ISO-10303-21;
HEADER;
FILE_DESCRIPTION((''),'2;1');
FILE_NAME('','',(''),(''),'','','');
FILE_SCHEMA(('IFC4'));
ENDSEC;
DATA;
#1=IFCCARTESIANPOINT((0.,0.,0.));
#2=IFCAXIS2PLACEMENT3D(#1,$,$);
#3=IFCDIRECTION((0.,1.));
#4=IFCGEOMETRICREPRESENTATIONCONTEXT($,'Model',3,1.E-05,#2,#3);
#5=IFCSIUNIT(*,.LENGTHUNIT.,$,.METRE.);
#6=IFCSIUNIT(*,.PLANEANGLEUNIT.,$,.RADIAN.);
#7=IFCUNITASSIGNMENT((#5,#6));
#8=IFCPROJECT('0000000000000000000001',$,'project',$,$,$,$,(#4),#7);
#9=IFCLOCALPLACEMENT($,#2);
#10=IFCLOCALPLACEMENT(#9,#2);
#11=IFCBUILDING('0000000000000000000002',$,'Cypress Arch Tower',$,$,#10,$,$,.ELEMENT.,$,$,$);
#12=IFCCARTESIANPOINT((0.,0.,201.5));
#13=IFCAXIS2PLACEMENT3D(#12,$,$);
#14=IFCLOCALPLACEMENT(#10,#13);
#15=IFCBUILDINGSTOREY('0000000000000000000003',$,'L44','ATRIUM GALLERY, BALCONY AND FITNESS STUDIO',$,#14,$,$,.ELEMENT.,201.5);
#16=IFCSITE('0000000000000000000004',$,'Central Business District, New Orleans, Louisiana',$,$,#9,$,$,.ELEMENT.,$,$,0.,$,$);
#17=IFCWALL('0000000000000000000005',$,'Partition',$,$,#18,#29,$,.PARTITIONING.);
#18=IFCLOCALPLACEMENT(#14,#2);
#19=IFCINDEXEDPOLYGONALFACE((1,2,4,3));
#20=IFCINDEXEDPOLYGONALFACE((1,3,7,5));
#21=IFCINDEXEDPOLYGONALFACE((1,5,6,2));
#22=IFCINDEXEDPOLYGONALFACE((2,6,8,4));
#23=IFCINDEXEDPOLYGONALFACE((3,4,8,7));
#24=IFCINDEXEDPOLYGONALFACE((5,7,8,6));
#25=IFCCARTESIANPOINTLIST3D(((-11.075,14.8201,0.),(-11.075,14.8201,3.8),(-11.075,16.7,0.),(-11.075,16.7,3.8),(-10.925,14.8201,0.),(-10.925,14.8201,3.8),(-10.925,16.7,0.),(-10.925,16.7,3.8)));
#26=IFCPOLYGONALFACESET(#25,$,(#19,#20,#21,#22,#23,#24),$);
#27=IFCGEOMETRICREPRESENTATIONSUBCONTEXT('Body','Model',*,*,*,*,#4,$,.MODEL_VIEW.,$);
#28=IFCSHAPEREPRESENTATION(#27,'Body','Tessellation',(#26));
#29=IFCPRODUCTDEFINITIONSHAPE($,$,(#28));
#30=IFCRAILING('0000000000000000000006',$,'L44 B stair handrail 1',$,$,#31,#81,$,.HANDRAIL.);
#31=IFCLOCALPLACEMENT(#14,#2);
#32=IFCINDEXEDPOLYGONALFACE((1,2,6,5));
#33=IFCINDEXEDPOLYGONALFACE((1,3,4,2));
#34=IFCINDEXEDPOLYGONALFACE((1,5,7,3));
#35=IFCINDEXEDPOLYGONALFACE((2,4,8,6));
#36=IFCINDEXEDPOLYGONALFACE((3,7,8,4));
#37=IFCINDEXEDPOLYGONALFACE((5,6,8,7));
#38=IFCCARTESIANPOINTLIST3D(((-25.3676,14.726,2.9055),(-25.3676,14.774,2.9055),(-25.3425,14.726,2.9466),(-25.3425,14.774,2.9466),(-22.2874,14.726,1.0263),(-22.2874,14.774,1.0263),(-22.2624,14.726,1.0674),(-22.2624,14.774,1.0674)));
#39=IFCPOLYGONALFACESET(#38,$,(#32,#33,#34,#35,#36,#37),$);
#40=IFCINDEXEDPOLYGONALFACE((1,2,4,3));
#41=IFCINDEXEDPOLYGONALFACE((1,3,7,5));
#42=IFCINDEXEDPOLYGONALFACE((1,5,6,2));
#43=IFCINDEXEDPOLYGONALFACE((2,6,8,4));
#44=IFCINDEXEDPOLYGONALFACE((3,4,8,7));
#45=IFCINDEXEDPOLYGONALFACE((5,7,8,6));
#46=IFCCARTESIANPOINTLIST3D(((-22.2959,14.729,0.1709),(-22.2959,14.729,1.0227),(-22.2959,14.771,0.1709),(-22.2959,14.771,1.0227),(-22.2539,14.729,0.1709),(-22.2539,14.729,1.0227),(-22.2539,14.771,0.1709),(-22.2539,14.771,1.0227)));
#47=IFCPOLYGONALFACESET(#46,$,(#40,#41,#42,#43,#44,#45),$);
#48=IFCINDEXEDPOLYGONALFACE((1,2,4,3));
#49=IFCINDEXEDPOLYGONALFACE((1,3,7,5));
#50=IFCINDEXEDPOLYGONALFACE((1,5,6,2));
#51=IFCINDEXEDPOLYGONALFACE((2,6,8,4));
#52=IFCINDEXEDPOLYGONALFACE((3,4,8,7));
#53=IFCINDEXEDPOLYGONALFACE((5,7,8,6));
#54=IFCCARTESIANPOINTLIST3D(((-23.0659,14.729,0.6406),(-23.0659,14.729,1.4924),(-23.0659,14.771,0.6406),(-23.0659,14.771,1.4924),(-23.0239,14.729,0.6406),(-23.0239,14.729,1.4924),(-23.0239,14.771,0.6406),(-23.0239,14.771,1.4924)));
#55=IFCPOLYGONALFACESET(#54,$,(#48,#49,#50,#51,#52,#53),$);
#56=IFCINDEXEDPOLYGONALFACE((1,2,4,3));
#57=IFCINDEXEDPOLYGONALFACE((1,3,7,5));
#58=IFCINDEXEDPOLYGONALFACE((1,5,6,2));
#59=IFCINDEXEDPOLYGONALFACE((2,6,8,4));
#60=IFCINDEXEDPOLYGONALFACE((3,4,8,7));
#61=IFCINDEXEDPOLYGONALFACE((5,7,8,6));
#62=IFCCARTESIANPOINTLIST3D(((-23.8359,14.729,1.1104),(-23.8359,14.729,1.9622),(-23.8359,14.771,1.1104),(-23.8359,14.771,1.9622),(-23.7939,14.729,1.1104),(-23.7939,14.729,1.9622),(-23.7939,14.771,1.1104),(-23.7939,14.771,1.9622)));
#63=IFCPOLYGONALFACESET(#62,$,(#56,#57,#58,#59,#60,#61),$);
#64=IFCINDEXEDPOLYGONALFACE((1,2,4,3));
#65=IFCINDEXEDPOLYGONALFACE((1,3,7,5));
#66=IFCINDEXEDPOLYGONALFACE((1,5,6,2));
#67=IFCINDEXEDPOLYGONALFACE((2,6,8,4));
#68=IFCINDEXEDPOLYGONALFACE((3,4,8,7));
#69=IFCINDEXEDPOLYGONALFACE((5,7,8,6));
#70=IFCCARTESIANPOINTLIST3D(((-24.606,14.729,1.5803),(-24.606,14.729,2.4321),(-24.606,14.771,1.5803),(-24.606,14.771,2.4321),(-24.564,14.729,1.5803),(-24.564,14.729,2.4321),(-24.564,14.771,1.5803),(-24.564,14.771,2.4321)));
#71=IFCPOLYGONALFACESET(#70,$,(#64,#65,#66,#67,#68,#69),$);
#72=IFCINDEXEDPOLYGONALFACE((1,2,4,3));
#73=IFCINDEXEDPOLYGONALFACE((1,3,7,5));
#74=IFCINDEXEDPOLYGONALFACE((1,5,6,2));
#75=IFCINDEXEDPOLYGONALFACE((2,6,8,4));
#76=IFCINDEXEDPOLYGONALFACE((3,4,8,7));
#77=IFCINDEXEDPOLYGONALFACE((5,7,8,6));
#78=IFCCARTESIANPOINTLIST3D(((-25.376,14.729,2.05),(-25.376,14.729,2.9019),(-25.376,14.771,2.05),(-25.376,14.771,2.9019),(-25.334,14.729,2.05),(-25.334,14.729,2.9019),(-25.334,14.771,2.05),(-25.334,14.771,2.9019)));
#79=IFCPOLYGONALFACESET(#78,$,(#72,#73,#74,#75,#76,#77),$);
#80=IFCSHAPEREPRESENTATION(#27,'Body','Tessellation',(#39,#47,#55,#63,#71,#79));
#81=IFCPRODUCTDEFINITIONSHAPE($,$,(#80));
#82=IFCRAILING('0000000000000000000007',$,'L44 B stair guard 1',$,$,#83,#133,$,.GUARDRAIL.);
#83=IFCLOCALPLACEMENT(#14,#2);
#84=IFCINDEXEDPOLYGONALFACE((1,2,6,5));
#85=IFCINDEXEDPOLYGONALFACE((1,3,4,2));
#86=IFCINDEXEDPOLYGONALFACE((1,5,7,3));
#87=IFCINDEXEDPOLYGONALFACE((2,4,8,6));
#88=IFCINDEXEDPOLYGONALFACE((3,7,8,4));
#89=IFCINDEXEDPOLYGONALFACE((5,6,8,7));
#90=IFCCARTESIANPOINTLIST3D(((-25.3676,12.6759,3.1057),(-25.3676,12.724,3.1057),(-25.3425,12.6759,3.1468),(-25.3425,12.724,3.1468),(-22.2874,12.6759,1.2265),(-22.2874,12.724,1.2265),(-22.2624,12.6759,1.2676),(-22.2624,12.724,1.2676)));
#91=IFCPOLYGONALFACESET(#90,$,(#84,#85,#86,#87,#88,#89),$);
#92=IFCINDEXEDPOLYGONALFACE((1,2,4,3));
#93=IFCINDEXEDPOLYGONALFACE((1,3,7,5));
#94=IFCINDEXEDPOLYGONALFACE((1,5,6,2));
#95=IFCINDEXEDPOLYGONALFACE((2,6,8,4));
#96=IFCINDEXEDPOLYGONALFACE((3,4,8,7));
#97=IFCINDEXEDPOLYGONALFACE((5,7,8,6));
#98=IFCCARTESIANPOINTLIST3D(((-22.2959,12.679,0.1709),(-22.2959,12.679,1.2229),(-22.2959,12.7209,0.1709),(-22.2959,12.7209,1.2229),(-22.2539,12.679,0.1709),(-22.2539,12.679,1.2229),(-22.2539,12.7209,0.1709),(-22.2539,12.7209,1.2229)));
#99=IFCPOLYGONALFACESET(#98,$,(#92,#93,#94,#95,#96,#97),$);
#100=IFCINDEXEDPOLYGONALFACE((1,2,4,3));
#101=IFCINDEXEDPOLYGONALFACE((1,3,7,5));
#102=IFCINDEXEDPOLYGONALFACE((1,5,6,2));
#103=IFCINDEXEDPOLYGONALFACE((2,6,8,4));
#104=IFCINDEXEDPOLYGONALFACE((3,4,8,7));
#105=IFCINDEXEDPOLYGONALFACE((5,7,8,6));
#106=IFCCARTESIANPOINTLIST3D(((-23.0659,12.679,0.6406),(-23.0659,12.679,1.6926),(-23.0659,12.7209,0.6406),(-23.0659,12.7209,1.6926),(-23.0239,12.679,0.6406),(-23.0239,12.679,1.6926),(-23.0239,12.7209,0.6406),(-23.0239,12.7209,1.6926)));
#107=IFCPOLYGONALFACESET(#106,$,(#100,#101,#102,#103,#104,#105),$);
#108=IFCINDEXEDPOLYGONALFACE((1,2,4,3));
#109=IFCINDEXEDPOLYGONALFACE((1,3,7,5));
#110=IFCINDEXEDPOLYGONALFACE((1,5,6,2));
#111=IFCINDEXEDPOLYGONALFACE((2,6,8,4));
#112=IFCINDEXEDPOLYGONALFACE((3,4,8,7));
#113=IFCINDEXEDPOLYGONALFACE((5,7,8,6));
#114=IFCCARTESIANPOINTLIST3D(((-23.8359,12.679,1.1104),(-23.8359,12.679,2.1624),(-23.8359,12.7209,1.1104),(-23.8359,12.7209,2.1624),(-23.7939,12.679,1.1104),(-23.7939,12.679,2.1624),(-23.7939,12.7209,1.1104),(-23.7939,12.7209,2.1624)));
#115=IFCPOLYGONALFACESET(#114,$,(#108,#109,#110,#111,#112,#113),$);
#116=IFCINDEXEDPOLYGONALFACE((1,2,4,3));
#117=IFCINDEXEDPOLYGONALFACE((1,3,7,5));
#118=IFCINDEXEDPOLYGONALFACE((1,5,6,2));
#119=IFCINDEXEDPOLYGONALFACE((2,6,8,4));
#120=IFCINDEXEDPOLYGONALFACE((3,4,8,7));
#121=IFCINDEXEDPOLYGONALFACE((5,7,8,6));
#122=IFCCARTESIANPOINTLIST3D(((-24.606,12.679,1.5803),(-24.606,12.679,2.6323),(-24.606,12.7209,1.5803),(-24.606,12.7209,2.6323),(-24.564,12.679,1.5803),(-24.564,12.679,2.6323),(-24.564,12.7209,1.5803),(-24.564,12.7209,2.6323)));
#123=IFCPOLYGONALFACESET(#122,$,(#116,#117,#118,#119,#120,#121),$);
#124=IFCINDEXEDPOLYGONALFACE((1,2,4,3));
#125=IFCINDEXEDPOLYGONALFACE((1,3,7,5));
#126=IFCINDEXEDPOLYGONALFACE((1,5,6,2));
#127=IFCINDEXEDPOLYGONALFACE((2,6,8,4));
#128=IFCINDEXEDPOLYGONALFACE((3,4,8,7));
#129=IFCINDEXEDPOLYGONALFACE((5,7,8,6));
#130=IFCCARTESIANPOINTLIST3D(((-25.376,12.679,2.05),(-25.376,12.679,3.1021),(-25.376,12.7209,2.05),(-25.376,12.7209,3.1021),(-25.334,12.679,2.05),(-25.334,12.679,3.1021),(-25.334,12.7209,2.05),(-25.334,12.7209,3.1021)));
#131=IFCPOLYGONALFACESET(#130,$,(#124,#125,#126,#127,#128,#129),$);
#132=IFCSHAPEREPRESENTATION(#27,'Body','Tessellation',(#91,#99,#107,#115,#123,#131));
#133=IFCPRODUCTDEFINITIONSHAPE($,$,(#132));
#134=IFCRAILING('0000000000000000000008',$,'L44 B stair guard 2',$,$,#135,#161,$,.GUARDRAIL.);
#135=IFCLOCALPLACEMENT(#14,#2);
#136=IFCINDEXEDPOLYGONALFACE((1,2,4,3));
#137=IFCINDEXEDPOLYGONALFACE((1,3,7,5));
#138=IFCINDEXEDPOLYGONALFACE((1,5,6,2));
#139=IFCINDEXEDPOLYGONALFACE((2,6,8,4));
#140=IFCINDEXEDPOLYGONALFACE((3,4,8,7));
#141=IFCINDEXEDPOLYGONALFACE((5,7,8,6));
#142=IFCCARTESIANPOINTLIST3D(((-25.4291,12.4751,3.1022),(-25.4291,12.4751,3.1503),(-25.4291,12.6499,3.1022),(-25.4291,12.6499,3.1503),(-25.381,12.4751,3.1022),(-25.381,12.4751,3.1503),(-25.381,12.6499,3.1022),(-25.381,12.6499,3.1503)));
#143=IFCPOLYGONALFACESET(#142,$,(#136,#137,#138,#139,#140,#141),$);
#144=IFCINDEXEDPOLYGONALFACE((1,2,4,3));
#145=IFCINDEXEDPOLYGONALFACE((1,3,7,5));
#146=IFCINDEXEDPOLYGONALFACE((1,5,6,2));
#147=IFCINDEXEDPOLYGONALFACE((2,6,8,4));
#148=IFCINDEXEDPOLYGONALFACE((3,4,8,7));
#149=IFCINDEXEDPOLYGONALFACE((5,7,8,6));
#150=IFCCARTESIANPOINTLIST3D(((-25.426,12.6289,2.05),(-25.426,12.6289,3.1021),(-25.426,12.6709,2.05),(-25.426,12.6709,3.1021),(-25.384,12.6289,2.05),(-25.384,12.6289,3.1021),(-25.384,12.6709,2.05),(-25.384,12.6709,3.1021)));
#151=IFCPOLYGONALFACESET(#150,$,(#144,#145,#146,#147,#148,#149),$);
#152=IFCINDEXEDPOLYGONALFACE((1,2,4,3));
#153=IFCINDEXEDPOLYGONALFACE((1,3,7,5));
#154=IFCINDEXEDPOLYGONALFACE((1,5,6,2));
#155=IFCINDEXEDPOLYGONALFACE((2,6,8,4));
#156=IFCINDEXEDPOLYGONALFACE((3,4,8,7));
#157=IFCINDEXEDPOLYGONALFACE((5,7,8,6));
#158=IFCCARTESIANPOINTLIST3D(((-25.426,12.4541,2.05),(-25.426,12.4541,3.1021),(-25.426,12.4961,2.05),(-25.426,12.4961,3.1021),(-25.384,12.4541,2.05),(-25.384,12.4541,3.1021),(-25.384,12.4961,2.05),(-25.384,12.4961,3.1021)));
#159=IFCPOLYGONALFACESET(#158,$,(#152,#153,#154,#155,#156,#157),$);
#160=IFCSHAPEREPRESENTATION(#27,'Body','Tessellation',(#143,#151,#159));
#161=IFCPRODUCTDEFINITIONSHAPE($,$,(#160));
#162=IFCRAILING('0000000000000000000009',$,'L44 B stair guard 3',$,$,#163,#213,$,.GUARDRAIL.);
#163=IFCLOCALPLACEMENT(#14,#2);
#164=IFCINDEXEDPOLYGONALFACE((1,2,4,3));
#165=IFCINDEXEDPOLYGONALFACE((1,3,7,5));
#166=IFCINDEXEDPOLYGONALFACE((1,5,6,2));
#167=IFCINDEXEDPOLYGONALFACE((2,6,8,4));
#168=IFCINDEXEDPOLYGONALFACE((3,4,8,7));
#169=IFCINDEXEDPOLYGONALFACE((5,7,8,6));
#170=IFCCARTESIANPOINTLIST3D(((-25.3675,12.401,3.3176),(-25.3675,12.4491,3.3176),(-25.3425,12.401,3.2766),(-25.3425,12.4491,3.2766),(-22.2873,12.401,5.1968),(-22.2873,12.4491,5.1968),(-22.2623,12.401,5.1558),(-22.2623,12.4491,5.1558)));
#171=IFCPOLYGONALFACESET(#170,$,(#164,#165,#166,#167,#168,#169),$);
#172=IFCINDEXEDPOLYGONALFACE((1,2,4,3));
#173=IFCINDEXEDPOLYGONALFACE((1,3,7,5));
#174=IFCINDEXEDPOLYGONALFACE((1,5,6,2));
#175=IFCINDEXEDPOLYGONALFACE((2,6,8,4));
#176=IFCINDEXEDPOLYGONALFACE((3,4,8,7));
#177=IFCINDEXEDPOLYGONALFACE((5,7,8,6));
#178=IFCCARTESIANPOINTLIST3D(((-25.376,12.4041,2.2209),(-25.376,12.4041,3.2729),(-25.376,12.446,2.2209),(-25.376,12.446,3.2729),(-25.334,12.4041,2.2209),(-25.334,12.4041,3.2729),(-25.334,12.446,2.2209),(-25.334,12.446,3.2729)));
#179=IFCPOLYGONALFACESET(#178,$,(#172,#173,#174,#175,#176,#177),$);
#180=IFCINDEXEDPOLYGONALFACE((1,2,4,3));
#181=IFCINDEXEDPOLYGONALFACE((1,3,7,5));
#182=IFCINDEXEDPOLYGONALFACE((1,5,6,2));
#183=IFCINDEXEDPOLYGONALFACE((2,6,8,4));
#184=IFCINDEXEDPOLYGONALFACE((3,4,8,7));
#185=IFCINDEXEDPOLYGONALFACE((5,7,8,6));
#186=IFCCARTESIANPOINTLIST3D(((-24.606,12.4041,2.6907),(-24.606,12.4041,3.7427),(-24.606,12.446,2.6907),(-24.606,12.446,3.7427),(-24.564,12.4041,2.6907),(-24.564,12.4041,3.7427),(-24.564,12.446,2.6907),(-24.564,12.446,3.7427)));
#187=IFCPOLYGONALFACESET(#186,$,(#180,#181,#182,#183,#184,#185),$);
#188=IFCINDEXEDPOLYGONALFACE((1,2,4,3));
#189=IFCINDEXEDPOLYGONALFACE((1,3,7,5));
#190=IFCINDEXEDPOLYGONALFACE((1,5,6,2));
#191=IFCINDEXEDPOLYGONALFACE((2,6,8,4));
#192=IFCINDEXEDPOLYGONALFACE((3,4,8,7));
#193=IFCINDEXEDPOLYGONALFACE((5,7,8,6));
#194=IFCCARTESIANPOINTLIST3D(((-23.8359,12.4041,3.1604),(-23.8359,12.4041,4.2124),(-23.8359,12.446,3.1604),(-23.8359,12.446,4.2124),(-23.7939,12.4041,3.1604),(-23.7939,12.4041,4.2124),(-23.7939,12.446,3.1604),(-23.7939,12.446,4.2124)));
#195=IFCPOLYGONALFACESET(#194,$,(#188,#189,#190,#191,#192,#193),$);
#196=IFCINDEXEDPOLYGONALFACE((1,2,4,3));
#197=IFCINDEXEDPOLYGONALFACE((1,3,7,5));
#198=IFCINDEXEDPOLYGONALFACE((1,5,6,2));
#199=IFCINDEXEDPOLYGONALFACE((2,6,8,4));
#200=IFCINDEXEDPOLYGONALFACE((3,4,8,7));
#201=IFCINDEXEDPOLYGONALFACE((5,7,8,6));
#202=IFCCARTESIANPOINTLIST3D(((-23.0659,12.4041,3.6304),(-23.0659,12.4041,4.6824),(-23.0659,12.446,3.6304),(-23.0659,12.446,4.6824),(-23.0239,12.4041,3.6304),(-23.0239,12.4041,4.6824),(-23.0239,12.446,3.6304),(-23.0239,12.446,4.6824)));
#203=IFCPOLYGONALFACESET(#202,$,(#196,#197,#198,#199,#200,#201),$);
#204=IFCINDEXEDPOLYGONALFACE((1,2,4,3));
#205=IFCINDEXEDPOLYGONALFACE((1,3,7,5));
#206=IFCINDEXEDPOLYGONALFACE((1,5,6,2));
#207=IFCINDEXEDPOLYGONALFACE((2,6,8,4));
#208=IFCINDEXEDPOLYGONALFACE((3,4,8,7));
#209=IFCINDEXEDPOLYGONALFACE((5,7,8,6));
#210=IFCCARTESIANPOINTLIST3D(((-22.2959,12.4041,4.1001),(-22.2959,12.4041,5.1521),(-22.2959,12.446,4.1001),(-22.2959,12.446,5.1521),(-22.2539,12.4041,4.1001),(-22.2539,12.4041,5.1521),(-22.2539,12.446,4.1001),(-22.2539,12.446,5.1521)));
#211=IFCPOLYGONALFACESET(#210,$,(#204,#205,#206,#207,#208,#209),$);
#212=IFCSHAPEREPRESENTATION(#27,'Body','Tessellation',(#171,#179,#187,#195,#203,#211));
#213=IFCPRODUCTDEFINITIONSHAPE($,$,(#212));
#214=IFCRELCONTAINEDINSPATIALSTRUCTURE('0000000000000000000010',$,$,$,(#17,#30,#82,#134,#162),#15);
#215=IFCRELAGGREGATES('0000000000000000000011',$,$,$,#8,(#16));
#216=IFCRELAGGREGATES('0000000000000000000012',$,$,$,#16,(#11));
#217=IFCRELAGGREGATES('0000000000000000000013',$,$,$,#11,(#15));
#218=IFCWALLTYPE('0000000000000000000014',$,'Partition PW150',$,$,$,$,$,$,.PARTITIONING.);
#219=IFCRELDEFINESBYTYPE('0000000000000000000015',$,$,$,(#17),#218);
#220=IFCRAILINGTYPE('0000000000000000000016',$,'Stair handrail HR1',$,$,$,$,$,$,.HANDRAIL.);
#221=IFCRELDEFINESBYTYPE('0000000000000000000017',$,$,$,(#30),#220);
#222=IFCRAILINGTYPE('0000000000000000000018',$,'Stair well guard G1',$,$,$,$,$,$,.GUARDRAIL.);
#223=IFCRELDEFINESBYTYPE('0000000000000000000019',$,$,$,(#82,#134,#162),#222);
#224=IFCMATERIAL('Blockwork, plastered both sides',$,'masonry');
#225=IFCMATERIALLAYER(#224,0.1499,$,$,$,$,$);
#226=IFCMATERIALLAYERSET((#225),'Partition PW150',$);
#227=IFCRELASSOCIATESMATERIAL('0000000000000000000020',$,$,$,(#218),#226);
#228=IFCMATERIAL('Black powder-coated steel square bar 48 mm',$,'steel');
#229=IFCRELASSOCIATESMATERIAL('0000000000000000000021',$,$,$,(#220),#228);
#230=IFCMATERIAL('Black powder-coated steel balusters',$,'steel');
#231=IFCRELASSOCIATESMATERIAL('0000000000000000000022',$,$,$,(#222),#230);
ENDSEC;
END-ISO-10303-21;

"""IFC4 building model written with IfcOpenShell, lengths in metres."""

from ifc_helpers import new_model, si_unit, direction, frame, frame_2d, origin, origin_2d, place, context, subcontext, project, spatial, rectangle, extrude, material, layer, layer_set, type_object, element, save


model = new_model("IFC4")

# Units and contexts
model_context = context("Model", 3, precision=1e-05, world=origin(), true_north=direction((0.0, 1.0)))
body_context = subcontext(model_context, "Body", "Model", "MODEL_VIEW")
ifc_project = project(units=[si_unit("LENGTHUNIT", "METRE"), si_unit("PLANEANGLEUNIT", "RADIAN")], contexts=[model_context])

# Site, building, storey
site_placement = place(None, origin())
site = spatial("IfcSite", under=ifc_project, at=site_placement, Name="Central Business District, New Orleans, Louisiana", CompositionType="ELEMENT", RefElevation=0.0)
building_placement = place(site_placement, origin())
building = spatial("IfcBuilding", under=site, at=building_placement, Name="Cypress Arch Tower", CompositionType="ELEMENT")
storey_placement = place(building_placement, frame((0.0, 0.0, 201.5)))
storey = spatial("IfcBuildingStorey", under=building, at=storey_placement, Name="L44", Description="ATRIUM GALLERY, BALCONY AND FITNESS STUDIO", CompositionType="ELEMENT", Elevation=201.5)

# Wall
ifc_material_1 = material(Name="Blockwork, plastered both sides", Category="masonry")
ifc_layer_1 = layer(ifc_material_1, 0.1499)
ifc_layer_set_1 = layer_set([ifc_layer_1], Name="Partition PW150")
wall_type_1 = type_object("IfcWallType", Name="Partition PW150", PredefinedType="PARTITIONING", material=ifc_layer_set_1)
wall_1_placement = place(storey_placement, frame((-11.0, 14.8201, 0.0), z_axis=(0.0, 0.0, 1.0), x_axis=(0.0, 1.0, 0.0)))
element("IfcWall", 1, at=wall_1_placement, inside=storey, type_object=wall_type_1, Name="Partition", PredefinedType="PARTITIONING", context=body_context, shape_type="SweptSolid", body=[
    extrude(rectangle(XDim=1.8799, YDim=0.1499, at=frame_2d((0.9399, 0.0))), origin(), (0.0, 0.0, 1.0), 3.8),
])

# Railings
ifc_material_2 = material(Name="Black powder-coated steel square bar 48 mm", Category="steel")
railing_type_1 = type_object("IfcRailingType", Name="Stair handrail HR1", PredefinedType="HANDRAIL", material=ifc_material_2)
railing_1_placement = place(storey_placement, frame((-22.2749, 14.75, 0.1709)))
element("IfcRailing", 2, at=railing_1_placement, inside=storey, type_object=railing_type_1, Name="L44 B stair handrail 1", PredefinedType="HANDRAIL", context=body_context, shape_type="SweptSolid", body=[
    extrude(rectangle(XDim=0.0481, YDim=0.0481, at=origin_2d()), frame((0.0, 0.0, 0.876), z_axis=(-0.853666, 0.0, 0.52082), x_axis=(0.0, -1.0, 0.0)), (0.0, 0.0, 1.0), 3.6082),
    extrude(rectangle(XDim=0.042, YDim=0.042, at=origin_2d()), origin(), (0.0, 0.0, 1.0), 0.8518),
    extrude(rectangle(XDim=0.042, YDim=0.042, at=origin_2d()), frame((-0.77, 0.0, 0.4697)), (0.0, 0.0, 1.0), 0.8518),
    extrude(rectangle(XDim=0.042, YDim=0.042, at=origin_2d()), frame((-1.54, 0.0, 0.9395)), (0.0, 0.0, 1.0), 0.8518),
    extrude(rectangle(XDim=0.042, YDim=0.042, at=origin_2d()), frame((-2.3101, 0.0, 1.4094)), (0.0, 0.0, 1.0), 0.8518),
    extrude(rectangle(XDim=0.042, YDim=0.042, at=origin_2d()), frame((-3.0801, 0.0, 1.8792)), (0.0, 0.0, 1.0), 0.8518),
])
ifc_material_3 = material(Name="Black powder-coated steel balusters", Category="steel")
railing_type_2 = type_object("IfcRailingType", Name="Stair well guard G1", PredefinedType="GUARDRAIL", material=ifc_material_3)
railing_2_placement = place(storey_placement, frame((-22.2749, 12.7, 0.1709)))
element("IfcRailing", 3, at=railing_2_placement, inside=storey, type_object=railing_type_2, Name="L44 B stair guard 1", PredefinedType="GUARDRAIL", context=body_context, shape_type="SweptSolid", body=[
    extrude(rectangle(XDim=0.0481, YDim=0.0481, at=origin_2d()), frame((0.0, 0.0, 1.0762), z_axis=(-0.853666, 0.0, 0.52082), x_axis=(0.0, -1.0, 0.0)), (0.0, 0.0, 1.0), 3.6082),
    extrude(rectangle(XDim=0.042, YDim=0.042, at=origin_2d()), origin(), (0.0, 0.0, 1.0), 1.052),
    extrude(rectangle(XDim=0.042, YDim=0.042, at=origin_2d()), frame((-0.77, 0.0, 0.4697)), (0.0, 0.0, 1.0), 1.052),
    extrude(rectangle(XDim=0.042, YDim=0.042, at=origin_2d()), frame((-1.54, 0.0, 0.9395)), (0.0, 0.0, 1.0), 1.052),
    extrude(rectangle(XDim=0.042, YDim=0.042, at=origin_2d()), frame((-2.3101, 0.0, 1.4094)), (0.0, 0.0, 1.0), 1.052),
    extrude(rectangle(XDim=0.042, YDim=0.042, at=origin_2d()), frame((-3.0801, 0.0, 1.8792)), (0.0, 0.0, 1.0), 1.052),
])
railing_3_placement = place(storey_placement, frame((-25.405, 12.6499, 2.05)))
element("IfcRailing", 4, at=railing_3_placement, inside=storey, type_object=railing_type_2, Name="L44 B stair guard 2", PredefinedType="GUARDRAIL", context=body_context, shape_type="SweptSolid", body=[
    extrude(rectangle(XDim=0.0481, YDim=0.0481, at=origin_2d()), frame((0.0, 0.0, 1.0762), z_axis=(0.0, -1.0, 0.0), x_axis=(1.0, 0.0, 0.0)), (0.0, 0.0, 1.0), 0.1748),
    extrude(rectangle(XDim=0.042, YDim=0.042, at=origin_2d()), origin(), (0.0, 0.0, 1.0), 1.052),
    extrude(rectangle(XDim=0.042, YDim=0.042, at=origin_2d()), frame((0.0, -0.1748, 0.0)), (0.0, 0.0, 1.0), 1.052),
])
railing_4_placement = place(storey_placement, frame((-25.355, 12.425, 2.2209)))
element("IfcRailing", 5, at=railing_4_placement, inside=storey, type_object=railing_type_2, Name="L44 B stair guard 3", PredefinedType="GUARDRAIL", context=body_context, shape_type="SweptSolid", body=[
    extrude(rectangle(XDim=0.0481, YDim=0.0481, at=origin_2d()), frame((0.0, 0.0, 1.0762), z_axis=(0.853666, 0.0, 0.52082), x_axis=(0.0, 1.0, 0.0)), (0.0, 0.0, 1.0), 3.6082),
    extrude(rectangle(XDim=0.042, YDim=0.042, at=origin_2d()), origin(), (0.0, 0.0, 1.0), 1.052),
    extrude(rectangle(XDim=0.042, YDim=0.042, at=origin_2d()), frame((0.77, 0.0, 0.4697)), (0.0, 0.0, 1.0), 1.052),
    extrude(rectangle(XDim=0.042, YDim=0.042, at=origin_2d()), frame((1.54, 0.0, 0.9395)), (0.0, 0.0, 1.0), 1.052),
    extrude(rectangle(XDim=0.042, YDim=0.042, at=origin_2d()), frame((2.3101, 0.0, 1.4094)), (0.0, 0.0, 1.0), 1.052),
    extrude(rectangle(XDim=0.042, YDim=0.042, at=origin_2d()), frame((3.0801, 0.0, 1.8792)), (0.0, 0.0, 1.0), 1.052),
])

save(model, "model.ifc")
